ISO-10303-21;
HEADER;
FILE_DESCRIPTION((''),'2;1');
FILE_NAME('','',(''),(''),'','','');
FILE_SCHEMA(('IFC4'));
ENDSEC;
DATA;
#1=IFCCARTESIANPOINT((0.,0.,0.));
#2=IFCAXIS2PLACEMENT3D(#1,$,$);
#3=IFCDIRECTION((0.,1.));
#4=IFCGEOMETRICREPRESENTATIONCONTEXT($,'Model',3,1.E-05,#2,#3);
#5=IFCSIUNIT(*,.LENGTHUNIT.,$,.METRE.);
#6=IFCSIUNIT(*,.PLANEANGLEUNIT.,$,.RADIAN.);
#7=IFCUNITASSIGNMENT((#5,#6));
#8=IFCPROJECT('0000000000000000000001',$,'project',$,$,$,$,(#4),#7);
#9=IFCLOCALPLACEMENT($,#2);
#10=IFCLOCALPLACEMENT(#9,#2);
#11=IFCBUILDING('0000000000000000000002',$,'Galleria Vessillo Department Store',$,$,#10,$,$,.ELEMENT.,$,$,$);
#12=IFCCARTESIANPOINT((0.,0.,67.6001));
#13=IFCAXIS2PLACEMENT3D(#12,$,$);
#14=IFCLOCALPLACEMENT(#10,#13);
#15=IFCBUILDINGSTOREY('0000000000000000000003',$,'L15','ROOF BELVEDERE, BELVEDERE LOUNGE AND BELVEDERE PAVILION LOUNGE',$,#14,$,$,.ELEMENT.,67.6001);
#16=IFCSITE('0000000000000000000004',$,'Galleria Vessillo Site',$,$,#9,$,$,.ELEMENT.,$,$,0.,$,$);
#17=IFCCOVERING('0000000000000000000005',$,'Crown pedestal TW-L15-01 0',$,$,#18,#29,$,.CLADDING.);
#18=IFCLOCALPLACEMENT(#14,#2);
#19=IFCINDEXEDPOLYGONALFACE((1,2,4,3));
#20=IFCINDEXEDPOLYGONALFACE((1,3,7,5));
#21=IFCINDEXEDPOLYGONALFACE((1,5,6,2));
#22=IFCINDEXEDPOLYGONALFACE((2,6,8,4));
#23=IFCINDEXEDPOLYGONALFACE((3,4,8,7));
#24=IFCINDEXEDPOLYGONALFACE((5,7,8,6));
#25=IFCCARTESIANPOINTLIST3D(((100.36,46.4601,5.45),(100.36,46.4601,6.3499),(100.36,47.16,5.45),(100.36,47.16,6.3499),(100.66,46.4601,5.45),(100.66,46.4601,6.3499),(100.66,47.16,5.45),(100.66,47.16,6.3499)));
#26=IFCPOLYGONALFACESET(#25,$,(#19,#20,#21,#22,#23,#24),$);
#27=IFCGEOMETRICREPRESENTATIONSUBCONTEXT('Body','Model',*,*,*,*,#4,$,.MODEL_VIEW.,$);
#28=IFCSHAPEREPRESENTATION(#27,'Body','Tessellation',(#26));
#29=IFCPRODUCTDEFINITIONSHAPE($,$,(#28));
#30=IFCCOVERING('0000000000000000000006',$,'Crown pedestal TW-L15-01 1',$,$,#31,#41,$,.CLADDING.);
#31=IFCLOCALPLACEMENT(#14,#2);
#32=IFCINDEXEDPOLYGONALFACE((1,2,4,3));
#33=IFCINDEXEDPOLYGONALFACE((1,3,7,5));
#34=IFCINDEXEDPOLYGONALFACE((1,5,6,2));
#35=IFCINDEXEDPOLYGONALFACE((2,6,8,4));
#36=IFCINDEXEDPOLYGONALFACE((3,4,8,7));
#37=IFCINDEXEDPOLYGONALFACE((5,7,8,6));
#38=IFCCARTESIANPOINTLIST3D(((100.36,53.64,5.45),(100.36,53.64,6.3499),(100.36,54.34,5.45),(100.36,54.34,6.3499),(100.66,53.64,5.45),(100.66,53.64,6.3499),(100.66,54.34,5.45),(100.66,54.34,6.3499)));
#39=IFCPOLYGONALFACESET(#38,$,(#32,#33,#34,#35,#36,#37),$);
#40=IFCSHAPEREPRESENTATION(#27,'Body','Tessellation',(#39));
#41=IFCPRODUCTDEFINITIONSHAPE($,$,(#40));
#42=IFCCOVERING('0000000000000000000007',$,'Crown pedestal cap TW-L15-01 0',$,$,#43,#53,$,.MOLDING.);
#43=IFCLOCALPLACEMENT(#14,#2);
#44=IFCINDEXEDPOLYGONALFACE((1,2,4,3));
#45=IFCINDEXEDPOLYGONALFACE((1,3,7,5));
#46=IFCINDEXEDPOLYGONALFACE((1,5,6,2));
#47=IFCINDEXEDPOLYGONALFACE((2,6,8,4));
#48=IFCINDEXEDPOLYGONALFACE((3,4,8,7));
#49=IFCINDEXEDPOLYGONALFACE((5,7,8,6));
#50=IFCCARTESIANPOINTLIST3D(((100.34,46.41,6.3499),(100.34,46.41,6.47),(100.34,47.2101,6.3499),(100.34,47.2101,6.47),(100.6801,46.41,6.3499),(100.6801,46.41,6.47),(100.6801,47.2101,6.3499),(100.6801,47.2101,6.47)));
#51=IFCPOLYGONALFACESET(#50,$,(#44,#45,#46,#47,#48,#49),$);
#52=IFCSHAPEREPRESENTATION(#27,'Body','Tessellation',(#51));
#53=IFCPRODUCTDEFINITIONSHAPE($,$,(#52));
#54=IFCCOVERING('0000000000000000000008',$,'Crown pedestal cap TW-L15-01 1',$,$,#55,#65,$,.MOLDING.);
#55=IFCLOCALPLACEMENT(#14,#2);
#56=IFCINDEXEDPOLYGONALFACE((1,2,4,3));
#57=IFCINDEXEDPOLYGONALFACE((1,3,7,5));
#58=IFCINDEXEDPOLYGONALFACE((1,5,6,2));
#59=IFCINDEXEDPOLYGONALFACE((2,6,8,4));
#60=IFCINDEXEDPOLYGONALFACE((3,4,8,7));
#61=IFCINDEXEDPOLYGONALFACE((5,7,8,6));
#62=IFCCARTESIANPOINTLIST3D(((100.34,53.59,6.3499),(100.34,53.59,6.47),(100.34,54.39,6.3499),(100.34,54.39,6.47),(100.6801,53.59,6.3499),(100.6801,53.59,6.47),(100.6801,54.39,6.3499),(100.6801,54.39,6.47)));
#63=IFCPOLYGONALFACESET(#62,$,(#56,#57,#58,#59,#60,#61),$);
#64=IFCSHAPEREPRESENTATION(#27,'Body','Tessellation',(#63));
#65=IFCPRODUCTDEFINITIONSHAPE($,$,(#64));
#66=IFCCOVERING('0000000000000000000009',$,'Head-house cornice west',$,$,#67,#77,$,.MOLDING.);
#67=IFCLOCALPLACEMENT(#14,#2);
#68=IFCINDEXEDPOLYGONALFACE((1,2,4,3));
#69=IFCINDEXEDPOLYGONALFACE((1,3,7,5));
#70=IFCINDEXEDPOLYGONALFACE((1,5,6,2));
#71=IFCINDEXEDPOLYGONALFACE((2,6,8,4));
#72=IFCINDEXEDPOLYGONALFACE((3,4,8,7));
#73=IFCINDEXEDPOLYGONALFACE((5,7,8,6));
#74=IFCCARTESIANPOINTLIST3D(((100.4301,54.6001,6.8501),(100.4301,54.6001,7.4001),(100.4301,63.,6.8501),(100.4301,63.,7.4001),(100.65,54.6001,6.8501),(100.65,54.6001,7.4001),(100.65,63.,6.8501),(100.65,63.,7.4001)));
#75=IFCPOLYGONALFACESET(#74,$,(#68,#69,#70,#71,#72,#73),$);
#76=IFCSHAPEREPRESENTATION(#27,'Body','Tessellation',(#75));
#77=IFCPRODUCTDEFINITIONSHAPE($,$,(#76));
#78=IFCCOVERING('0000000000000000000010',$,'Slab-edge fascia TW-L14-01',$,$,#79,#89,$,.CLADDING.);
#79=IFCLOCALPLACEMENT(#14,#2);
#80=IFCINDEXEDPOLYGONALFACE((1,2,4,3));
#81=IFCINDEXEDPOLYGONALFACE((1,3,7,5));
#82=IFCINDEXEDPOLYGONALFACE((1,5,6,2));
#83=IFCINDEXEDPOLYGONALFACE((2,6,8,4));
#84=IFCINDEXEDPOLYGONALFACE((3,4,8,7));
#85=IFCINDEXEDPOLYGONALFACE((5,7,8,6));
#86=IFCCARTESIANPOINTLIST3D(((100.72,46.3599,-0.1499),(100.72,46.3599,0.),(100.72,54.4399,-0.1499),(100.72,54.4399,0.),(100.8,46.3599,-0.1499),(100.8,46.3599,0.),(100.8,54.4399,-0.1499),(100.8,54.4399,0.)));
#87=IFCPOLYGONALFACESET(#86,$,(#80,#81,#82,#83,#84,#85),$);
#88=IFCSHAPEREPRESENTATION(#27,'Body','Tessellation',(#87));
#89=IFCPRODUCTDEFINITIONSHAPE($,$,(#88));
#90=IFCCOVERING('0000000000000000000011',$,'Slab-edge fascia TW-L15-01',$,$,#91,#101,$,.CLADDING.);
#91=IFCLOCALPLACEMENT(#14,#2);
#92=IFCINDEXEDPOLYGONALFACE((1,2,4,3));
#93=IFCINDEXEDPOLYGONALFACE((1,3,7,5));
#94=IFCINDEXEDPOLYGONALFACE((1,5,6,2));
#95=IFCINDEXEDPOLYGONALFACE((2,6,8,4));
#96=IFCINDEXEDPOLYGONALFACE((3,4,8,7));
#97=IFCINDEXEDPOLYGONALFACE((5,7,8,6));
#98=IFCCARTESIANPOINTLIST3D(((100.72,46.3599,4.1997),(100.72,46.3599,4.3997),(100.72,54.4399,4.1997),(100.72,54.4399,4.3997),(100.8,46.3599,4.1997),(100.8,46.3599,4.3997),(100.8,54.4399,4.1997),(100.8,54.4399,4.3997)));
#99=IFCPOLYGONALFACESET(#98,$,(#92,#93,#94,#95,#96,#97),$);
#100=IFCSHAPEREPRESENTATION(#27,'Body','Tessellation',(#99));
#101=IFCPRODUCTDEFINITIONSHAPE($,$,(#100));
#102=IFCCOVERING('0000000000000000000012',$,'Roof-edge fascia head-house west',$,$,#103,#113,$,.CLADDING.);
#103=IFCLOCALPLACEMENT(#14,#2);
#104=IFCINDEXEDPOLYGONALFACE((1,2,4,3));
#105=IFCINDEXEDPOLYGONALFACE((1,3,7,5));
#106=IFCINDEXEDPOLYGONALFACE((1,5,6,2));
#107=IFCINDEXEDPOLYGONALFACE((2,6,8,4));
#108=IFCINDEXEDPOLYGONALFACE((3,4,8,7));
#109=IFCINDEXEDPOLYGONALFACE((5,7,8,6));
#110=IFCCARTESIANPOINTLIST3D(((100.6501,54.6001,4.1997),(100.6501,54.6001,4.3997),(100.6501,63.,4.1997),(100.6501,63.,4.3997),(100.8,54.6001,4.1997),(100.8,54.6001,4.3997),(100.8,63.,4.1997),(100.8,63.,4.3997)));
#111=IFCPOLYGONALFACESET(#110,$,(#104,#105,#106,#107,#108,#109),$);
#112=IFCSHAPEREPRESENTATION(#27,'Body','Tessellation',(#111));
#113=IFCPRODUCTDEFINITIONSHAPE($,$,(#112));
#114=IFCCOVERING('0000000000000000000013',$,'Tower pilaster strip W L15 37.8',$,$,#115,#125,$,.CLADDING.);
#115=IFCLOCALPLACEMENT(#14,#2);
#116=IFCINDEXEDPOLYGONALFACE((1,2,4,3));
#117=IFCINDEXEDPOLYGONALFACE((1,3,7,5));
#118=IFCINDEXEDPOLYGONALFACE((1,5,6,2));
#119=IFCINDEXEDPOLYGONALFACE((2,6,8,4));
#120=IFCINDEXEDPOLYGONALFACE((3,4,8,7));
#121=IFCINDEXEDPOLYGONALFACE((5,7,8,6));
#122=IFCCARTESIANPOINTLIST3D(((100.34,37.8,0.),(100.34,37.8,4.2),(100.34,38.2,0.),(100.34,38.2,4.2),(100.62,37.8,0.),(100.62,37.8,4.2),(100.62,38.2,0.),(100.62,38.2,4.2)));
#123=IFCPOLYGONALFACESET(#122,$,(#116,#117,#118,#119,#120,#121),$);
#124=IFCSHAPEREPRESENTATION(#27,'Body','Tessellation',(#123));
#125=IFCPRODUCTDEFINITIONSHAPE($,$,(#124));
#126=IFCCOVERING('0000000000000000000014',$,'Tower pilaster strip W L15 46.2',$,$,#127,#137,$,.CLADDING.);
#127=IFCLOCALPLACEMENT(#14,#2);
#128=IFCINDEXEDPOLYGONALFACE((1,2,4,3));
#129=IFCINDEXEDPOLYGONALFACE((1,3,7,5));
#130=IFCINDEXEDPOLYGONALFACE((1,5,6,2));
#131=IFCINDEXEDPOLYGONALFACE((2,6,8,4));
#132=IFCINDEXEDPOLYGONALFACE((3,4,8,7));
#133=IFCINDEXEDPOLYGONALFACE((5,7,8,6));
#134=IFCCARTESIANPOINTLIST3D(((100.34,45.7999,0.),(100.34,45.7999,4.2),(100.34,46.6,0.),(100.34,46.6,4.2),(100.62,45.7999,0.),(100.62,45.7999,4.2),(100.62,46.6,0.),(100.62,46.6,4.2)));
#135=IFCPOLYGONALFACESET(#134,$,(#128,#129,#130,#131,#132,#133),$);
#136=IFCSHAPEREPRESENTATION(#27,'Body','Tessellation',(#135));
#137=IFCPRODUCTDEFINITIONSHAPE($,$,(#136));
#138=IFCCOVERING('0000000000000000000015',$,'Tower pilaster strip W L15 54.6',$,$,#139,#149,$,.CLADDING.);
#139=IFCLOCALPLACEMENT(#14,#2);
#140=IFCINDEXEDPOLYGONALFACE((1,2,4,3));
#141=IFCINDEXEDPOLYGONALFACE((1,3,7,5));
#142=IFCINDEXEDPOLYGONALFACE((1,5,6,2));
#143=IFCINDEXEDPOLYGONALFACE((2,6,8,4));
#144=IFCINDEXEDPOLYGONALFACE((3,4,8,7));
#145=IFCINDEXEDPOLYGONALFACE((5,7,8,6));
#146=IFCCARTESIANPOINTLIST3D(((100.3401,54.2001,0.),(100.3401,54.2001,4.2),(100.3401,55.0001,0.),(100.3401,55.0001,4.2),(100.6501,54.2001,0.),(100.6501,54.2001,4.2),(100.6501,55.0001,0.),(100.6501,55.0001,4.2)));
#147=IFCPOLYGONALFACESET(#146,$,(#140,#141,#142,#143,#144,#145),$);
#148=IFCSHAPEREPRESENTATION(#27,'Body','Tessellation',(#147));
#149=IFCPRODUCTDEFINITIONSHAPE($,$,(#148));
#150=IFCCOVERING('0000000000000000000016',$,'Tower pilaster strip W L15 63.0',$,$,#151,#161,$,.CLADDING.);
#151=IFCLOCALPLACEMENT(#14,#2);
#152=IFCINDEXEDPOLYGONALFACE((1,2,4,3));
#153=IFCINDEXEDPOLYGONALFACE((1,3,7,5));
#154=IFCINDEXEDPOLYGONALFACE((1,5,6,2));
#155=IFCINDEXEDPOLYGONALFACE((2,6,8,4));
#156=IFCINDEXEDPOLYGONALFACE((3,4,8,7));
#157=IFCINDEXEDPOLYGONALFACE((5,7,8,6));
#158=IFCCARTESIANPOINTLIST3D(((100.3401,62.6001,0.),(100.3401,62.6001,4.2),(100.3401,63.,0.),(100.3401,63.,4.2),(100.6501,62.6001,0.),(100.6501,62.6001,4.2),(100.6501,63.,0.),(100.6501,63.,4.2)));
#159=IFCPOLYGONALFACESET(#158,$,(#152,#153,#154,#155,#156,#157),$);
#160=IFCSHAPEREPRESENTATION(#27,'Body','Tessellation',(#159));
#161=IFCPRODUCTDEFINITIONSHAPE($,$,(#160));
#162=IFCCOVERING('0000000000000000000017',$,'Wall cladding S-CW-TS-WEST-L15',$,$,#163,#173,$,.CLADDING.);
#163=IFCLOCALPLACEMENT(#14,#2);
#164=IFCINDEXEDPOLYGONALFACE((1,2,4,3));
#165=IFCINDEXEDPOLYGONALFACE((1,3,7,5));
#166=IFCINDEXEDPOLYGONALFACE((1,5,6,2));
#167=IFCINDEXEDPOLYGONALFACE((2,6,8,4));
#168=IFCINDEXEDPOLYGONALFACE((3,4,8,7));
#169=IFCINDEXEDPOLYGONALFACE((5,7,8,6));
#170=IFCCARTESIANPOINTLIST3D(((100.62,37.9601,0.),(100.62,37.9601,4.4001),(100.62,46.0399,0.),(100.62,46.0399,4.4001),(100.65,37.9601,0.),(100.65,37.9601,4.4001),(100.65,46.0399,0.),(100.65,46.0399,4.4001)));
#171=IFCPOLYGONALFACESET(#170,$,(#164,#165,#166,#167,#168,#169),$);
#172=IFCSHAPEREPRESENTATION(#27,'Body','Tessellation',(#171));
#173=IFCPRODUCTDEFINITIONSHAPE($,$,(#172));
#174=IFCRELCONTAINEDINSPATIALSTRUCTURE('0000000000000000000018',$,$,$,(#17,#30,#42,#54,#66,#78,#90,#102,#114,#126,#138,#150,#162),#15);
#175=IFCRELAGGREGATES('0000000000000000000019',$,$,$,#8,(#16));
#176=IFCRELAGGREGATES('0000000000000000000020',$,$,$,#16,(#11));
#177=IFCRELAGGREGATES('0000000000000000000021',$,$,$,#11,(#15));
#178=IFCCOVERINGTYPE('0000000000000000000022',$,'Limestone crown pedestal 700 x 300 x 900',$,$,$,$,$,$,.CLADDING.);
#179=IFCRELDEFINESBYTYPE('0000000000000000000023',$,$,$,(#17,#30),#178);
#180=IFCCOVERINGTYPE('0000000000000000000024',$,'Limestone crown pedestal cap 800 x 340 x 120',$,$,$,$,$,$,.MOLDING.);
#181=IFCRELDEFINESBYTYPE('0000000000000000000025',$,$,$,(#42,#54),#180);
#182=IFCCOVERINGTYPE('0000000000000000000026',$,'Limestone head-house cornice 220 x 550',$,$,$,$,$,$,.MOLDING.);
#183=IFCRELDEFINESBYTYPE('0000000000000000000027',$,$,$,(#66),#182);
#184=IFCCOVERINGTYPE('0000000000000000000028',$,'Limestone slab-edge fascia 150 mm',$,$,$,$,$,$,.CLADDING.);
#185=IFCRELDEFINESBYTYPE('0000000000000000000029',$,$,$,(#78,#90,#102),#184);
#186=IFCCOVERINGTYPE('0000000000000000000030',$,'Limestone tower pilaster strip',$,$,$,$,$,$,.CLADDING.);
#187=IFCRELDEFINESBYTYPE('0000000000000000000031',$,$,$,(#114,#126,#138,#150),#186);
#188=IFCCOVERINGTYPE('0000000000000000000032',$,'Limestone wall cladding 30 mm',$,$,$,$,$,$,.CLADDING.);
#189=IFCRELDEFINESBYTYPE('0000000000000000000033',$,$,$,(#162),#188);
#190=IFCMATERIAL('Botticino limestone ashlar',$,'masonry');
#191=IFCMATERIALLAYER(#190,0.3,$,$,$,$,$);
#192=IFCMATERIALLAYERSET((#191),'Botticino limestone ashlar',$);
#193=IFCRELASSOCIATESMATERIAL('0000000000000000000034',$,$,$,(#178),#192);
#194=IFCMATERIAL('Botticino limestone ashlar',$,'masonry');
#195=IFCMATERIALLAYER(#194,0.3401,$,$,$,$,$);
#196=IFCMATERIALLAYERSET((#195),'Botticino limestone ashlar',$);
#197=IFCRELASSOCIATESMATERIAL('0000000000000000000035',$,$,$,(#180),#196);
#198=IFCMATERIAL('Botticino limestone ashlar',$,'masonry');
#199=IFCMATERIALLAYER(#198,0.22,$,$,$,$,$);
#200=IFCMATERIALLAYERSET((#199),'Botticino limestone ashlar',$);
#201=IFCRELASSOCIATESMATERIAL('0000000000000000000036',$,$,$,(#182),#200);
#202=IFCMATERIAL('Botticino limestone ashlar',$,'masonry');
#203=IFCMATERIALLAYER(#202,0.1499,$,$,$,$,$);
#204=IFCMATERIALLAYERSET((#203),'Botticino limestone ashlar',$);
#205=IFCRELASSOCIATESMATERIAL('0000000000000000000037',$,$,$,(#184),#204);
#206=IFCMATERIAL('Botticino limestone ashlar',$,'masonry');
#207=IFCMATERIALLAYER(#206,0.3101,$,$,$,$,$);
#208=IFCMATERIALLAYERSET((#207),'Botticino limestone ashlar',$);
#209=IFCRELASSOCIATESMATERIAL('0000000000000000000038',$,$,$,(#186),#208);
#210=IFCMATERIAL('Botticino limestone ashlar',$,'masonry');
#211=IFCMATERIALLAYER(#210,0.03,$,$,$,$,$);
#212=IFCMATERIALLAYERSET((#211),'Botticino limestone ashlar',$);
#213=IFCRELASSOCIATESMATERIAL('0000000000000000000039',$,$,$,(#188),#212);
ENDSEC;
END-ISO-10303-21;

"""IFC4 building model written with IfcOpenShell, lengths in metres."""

from ifc_helpers import new_model, si_unit, direction, frame, origin, origin_2d, place, context, subcontext, project, spatial, rectangle, extrude, material, layer, layer_set, type_object, element, save


model = new_model("IFC4")

# Units and contexts
model_context = context("Model", 3, precision=1e-05, world=origin(), true_north=direction((0.0, 1.0)))
body_context = subcontext(model_context, "Body", "Model", "MODEL_VIEW")
ifc_project = project(units=[si_unit("LENGTHUNIT", "METRE"), si_unit("PLANEANGLEUNIT", "RADIAN")], contexts=[model_context])

# Site, building, storey
site_placement = place(None, origin())
site = spatial("IfcSite", under=ifc_project, at=site_placement, Name="Galleria Vessillo Site", CompositionType="ELEMENT", RefElevation=0.0)
building_placement = place(site_placement, origin())
building = spatial("IfcBuilding", under=site, at=building_placement, Name="Galleria Vessillo Department Store", CompositionType="ELEMENT")
storey_placement = place(building_placement, frame((0.0, 0.0, 67.6001)))
storey = spatial("IfcBuildingStorey", under=building, at=storey_placement, Name="L15", Description="ROOF BELVEDERE, BELVEDERE LOUNGE AND BELVEDERE PAVILION LOUNGE", CompositionType="ELEMENT", Elevation=67.6001)

# Coverings
ifc_material_1 = material(Name="Botticino limestone ashlar", Category="masonry")
ifc_layer_1 = layer(ifc_material_1, 0.3)
ifc_layer_set_1 = layer_set([ifc_layer_1], Name="Botticino limestone ashlar")
covering_type_1 = type_object("IfcCoveringType", Name="Limestone crown pedestal 700 x 300 x 900", PredefinedType="CLADDING", material=ifc_layer_set_1)
for number, where, z_axis, x_axis, name in (
    (1, (100.51, 46.8101, 5.45), (0.0, 0.0, 1.0), (1.0, 0.0, 0.0), "Crown pedestal TW-L15-01 0"),
    (2, (100.51, 53.99, 5.45), (0.0, 0.0, 1.0), (1.0, 0.0, 0.0), "Crown pedestal TW-L15-01 1"),
):
    element("IfcCovering", number, at=place(storey_placement, frame(where, z_axis=z_axis, x_axis=x_axis)), inside=storey, type_object=covering_type_1, Name=name, PredefinedType="CLADDING", context=body_context, shape_type="SweptSolid", body=[
        extrude(rectangle(XDim=0.3, YDim=0.7, at=origin_2d()), origin(), (0.0, 0.0, 1.0), 0.8999),
    ])
ifc_material_2 = material(Name="Botticino limestone ashlar", Category="masonry")
ifc_layer_2 = layer(ifc_material_2, 0.3401)
ifc_layer_set_2 = layer_set([ifc_layer_2], Name="Botticino limestone ashlar")
covering_type_2 = type_object("IfcCoveringType", Name="Limestone crown pedestal cap 800 x 340 x 120", PredefinedType="MOLDING", material=ifc_layer_set_2)
for number, where, z_axis, x_axis, name in (
    (3, (100.51, 46.8101, 6.3499), (0.0, 0.0, 1.0), (1.0, 0.0, 0.0), "Crown pedestal cap TW-L15-01 0"),
    (4, (100.51, 53.99, 6.3499), (0.0, 0.0, 1.0), (1.0, 0.0, 0.0), "Crown pedestal cap TW-L15-01 1"),
):
    element("IfcCovering", number, at=place(storey_placement, frame(where, z_axis=z_axis, x_axis=x_axis)), inside=storey, type_object=covering_type_2, Name=name, PredefinedType="MOLDING", context=body_context, shape_type="SweptSolid", body=[
        extrude(rectangle(XDim=0.3401, YDim=0.8, at=origin_2d()), origin(), (0.0, 0.0, 1.0), 0.1201),
    ])
ifc_material_3 = material(Name="Botticino limestone ashlar", Category="masonry")
ifc_layer_3 = layer(ifc_material_3, 0.22)
ifc_layer_set_3 = layer_set([ifc_layer_3], Name="Botticino limestone ashlar")
covering_type_3 = type_object("IfcCoveringType", Name="Limestone head-house cornice 220 x 550", PredefinedType="MOLDING", material=ifc_layer_set_3)
covering_1_placement = place(storey_placement, frame((100.54, 58.8, 6.8501), z_axis=(0.0, 0.0, 1.0), x_axis=(1.0, 0.0, 0.0)))
element("IfcCovering", 5, at=covering_1_placement, inside=storey, type_object=covering_type_3, Name="Head-house cornice west", PredefinedType="MOLDING", context=body_context, shape_type="SweptSolid", body=[
    extrude(rectangle(XDim=0.22, YDim=8.3999, at=origin_2d()), origin(), (0.0, 0.0, 1.0), 0.55),
])
ifc_material_4 = material(Name="Botticino limestone ashlar", Category="masonry")
ifc_layer_4 = layer(ifc_material_4, 0.1499)
ifc_layer_set_4 = layer_set([ifc_layer_4], Name="Botticino limestone ashlar")
covering_type_4 = type_object("IfcCoveringType", Name="Limestone slab-edge fascia 150 mm", PredefinedType="CLADDING", material=ifc_layer_set_4)
covering_2_placement = place(storey_placement, frame((100.76, 50.3999, -0.1499), z_axis=(0.0, 0.0, 1.0), x_axis=(1.0, 0.0, 0.0)))
element("IfcCovering", 6, at=covering_2_placement, inside=storey, type_object=covering_type_4, Name="Slab-edge fascia TW-L14-01", PredefinedType="CLADDING", context=body_context, shape_type="SweptSolid", body=[
    extrude(rectangle(XDim=0.0801, YDim=8.0801, at=origin_2d()), origin(), (0.0, 0.0, 1.0), 0.1499),
])
covering_3_placement = place(storey_placement, frame((100.76, 50.3999, 4.1997), z_axis=(0.0, 0.0, 1.0), x_axis=(1.0, 0.0, 0.0)))
element("IfcCovering", 7, at=covering_3_placement, inside=storey, type_object=covering_type_4, Name="Slab-edge fascia TW-L15-01", PredefinedType="CLADDING", context=body_context, shape_type="SweptSolid", body=[
    extrude(rectangle(XDim=0.0801, YDim=8.0801, at=origin_2d()), origin(), (0.0, 0.0, 1.0), 0.2),
])
covering_4_placement = place(storey_placement, frame((100.7251, 58.8, 4.1997), z_axis=(0.0, 0.0, 1.0), x_axis=(1.0, 0.0, 0.0)))
element("IfcCovering", 8, at=covering_4_placement, inside=storey, type_object=covering_type_4, Name="Roof-edge fascia head-house west", PredefinedType="CLADDING", context=body_context, shape_type="SweptSolid", body=[
    extrude(rectangle(XDim=0.1499, YDim=8.3999, at=origin_2d()), origin(), (0.0, 0.0, 1.0), 0.2),
])
ifc_material_5 = material(Name="Botticino limestone ashlar", Category="masonry")
ifc_layer_5 = layer(ifc_material_5, 0.3101)
ifc_layer_set_5 = layer_set([ifc_layer_5], Name="Botticino limestone ashlar")
covering_type_5 = type_object("IfcCoveringType", Name="Limestone tower pilaster strip", PredefinedType="CLADDING", material=ifc_layer_set_5)
covering_5_placement = place(storey_placement, frame((100.48, 38.0, 0.0), z_axis=(0.0, 0.0, 1.0), x_axis=(1.0, 0.0, 0.0)))
element("IfcCovering", 9, at=covering_5_placement, inside=storey, type_object=covering_type_5, Name="Tower pilaster strip W L15 37.8", PredefinedType="CLADDING", context=body_context, shape_type="SweptSolid", body=[
    extrude(rectangle(XDim=0.28, YDim=0.3999, at=origin_2d()), origin(), (0.0, 0.0, 1.0), 4.2),
])
covering_6_placement = place(storey_placement, frame((100.48, 46.2, 0.0), z_axis=(0.0, 0.0, 1.0), x_axis=(1.0, 0.0, 0.0)))
element("IfcCovering", 10, at=covering_6_placement, inside=storey, type_object=covering_type_5, Name="Tower pilaster strip W L15 46.2", PredefinedType="CLADDING", context=body_context, shape_type="SweptSolid", body=[
    extrude(rectangle(XDim=0.28, YDim=0.8, at=origin_2d()), origin(), (0.0, 0.0, 1.0), 4.2),
])
covering_7_placement = place(storey_placement, frame((100.4951, 54.6001, 0.0), z_axis=(0.0, 0.0, 1.0), x_axis=(1.0, 0.0, 0.0)))
element("IfcCovering", 11, at=covering_7_placement, inside=storey, type_object=covering_type_5, Name="Tower pilaster strip W L15 54.6", PredefinedType="CLADDING", context=body_context, shape_type="SweptSolid", body=[
    extrude(rectangle(XDim=0.3101, YDim=0.8, at=origin_2d()), origin(), (0.0, 0.0, 1.0), 4.2),
])
covering_8_placement = place(storey_placement, frame((100.4951, 62.8, 0.0), z_axis=(0.0, 0.0, 1.0), x_axis=(1.0, 0.0, 0.0)))
element("IfcCovering", 12, at=covering_8_placement, inside=storey, type_object=covering_type_5, Name="Tower pilaster strip W L15 63.0", PredefinedType="CLADDING", context=body_context, shape_type="SweptSolid", body=[
    extrude(rectangle(XDim=0.3101, YDim=0.3999, at=origin_2d()), origin(), (0.0, 0.0, 1.0), 4.2),
])
ifc_material_6 = material(Name="Botticino limestone ashlar", Category="masonry")
ifc_layer_6 = layer(ifc_material_6, 0.03)
ifc_layer_set_6 = layer_set([ifc_layer_6], Name="Botticino limestone ashlar")
covering_type_6 = type_object("IfcCoveringType", Name="Limestone wall cladding 30 mm", PredefinedType="CLADDING", material=ifc_layer_set_6)
covering_9_placement = place(storey_placement, frame((100.635, 42.0, 0.0), z_axis=(0.0, 0.0, 1.0), x_axis=(1.0, 0.0, 0.0)))
element("IfcCovering", 13, at=covering_9_placement, inside=storey, type_object=covering_type_6, Name="Wall cladding S-CW-TS-WEST-L15", PredefinedType="CLADDING", context=body_context, shape_type="SweptSolid", body=[
    extrude(rectangle(XDim=0.03, YDim=8.0798, at=origin_2d()), origin(), (0.0, 0.0, 1.0), 4.4001),
])

save(model, "model.ifc")
